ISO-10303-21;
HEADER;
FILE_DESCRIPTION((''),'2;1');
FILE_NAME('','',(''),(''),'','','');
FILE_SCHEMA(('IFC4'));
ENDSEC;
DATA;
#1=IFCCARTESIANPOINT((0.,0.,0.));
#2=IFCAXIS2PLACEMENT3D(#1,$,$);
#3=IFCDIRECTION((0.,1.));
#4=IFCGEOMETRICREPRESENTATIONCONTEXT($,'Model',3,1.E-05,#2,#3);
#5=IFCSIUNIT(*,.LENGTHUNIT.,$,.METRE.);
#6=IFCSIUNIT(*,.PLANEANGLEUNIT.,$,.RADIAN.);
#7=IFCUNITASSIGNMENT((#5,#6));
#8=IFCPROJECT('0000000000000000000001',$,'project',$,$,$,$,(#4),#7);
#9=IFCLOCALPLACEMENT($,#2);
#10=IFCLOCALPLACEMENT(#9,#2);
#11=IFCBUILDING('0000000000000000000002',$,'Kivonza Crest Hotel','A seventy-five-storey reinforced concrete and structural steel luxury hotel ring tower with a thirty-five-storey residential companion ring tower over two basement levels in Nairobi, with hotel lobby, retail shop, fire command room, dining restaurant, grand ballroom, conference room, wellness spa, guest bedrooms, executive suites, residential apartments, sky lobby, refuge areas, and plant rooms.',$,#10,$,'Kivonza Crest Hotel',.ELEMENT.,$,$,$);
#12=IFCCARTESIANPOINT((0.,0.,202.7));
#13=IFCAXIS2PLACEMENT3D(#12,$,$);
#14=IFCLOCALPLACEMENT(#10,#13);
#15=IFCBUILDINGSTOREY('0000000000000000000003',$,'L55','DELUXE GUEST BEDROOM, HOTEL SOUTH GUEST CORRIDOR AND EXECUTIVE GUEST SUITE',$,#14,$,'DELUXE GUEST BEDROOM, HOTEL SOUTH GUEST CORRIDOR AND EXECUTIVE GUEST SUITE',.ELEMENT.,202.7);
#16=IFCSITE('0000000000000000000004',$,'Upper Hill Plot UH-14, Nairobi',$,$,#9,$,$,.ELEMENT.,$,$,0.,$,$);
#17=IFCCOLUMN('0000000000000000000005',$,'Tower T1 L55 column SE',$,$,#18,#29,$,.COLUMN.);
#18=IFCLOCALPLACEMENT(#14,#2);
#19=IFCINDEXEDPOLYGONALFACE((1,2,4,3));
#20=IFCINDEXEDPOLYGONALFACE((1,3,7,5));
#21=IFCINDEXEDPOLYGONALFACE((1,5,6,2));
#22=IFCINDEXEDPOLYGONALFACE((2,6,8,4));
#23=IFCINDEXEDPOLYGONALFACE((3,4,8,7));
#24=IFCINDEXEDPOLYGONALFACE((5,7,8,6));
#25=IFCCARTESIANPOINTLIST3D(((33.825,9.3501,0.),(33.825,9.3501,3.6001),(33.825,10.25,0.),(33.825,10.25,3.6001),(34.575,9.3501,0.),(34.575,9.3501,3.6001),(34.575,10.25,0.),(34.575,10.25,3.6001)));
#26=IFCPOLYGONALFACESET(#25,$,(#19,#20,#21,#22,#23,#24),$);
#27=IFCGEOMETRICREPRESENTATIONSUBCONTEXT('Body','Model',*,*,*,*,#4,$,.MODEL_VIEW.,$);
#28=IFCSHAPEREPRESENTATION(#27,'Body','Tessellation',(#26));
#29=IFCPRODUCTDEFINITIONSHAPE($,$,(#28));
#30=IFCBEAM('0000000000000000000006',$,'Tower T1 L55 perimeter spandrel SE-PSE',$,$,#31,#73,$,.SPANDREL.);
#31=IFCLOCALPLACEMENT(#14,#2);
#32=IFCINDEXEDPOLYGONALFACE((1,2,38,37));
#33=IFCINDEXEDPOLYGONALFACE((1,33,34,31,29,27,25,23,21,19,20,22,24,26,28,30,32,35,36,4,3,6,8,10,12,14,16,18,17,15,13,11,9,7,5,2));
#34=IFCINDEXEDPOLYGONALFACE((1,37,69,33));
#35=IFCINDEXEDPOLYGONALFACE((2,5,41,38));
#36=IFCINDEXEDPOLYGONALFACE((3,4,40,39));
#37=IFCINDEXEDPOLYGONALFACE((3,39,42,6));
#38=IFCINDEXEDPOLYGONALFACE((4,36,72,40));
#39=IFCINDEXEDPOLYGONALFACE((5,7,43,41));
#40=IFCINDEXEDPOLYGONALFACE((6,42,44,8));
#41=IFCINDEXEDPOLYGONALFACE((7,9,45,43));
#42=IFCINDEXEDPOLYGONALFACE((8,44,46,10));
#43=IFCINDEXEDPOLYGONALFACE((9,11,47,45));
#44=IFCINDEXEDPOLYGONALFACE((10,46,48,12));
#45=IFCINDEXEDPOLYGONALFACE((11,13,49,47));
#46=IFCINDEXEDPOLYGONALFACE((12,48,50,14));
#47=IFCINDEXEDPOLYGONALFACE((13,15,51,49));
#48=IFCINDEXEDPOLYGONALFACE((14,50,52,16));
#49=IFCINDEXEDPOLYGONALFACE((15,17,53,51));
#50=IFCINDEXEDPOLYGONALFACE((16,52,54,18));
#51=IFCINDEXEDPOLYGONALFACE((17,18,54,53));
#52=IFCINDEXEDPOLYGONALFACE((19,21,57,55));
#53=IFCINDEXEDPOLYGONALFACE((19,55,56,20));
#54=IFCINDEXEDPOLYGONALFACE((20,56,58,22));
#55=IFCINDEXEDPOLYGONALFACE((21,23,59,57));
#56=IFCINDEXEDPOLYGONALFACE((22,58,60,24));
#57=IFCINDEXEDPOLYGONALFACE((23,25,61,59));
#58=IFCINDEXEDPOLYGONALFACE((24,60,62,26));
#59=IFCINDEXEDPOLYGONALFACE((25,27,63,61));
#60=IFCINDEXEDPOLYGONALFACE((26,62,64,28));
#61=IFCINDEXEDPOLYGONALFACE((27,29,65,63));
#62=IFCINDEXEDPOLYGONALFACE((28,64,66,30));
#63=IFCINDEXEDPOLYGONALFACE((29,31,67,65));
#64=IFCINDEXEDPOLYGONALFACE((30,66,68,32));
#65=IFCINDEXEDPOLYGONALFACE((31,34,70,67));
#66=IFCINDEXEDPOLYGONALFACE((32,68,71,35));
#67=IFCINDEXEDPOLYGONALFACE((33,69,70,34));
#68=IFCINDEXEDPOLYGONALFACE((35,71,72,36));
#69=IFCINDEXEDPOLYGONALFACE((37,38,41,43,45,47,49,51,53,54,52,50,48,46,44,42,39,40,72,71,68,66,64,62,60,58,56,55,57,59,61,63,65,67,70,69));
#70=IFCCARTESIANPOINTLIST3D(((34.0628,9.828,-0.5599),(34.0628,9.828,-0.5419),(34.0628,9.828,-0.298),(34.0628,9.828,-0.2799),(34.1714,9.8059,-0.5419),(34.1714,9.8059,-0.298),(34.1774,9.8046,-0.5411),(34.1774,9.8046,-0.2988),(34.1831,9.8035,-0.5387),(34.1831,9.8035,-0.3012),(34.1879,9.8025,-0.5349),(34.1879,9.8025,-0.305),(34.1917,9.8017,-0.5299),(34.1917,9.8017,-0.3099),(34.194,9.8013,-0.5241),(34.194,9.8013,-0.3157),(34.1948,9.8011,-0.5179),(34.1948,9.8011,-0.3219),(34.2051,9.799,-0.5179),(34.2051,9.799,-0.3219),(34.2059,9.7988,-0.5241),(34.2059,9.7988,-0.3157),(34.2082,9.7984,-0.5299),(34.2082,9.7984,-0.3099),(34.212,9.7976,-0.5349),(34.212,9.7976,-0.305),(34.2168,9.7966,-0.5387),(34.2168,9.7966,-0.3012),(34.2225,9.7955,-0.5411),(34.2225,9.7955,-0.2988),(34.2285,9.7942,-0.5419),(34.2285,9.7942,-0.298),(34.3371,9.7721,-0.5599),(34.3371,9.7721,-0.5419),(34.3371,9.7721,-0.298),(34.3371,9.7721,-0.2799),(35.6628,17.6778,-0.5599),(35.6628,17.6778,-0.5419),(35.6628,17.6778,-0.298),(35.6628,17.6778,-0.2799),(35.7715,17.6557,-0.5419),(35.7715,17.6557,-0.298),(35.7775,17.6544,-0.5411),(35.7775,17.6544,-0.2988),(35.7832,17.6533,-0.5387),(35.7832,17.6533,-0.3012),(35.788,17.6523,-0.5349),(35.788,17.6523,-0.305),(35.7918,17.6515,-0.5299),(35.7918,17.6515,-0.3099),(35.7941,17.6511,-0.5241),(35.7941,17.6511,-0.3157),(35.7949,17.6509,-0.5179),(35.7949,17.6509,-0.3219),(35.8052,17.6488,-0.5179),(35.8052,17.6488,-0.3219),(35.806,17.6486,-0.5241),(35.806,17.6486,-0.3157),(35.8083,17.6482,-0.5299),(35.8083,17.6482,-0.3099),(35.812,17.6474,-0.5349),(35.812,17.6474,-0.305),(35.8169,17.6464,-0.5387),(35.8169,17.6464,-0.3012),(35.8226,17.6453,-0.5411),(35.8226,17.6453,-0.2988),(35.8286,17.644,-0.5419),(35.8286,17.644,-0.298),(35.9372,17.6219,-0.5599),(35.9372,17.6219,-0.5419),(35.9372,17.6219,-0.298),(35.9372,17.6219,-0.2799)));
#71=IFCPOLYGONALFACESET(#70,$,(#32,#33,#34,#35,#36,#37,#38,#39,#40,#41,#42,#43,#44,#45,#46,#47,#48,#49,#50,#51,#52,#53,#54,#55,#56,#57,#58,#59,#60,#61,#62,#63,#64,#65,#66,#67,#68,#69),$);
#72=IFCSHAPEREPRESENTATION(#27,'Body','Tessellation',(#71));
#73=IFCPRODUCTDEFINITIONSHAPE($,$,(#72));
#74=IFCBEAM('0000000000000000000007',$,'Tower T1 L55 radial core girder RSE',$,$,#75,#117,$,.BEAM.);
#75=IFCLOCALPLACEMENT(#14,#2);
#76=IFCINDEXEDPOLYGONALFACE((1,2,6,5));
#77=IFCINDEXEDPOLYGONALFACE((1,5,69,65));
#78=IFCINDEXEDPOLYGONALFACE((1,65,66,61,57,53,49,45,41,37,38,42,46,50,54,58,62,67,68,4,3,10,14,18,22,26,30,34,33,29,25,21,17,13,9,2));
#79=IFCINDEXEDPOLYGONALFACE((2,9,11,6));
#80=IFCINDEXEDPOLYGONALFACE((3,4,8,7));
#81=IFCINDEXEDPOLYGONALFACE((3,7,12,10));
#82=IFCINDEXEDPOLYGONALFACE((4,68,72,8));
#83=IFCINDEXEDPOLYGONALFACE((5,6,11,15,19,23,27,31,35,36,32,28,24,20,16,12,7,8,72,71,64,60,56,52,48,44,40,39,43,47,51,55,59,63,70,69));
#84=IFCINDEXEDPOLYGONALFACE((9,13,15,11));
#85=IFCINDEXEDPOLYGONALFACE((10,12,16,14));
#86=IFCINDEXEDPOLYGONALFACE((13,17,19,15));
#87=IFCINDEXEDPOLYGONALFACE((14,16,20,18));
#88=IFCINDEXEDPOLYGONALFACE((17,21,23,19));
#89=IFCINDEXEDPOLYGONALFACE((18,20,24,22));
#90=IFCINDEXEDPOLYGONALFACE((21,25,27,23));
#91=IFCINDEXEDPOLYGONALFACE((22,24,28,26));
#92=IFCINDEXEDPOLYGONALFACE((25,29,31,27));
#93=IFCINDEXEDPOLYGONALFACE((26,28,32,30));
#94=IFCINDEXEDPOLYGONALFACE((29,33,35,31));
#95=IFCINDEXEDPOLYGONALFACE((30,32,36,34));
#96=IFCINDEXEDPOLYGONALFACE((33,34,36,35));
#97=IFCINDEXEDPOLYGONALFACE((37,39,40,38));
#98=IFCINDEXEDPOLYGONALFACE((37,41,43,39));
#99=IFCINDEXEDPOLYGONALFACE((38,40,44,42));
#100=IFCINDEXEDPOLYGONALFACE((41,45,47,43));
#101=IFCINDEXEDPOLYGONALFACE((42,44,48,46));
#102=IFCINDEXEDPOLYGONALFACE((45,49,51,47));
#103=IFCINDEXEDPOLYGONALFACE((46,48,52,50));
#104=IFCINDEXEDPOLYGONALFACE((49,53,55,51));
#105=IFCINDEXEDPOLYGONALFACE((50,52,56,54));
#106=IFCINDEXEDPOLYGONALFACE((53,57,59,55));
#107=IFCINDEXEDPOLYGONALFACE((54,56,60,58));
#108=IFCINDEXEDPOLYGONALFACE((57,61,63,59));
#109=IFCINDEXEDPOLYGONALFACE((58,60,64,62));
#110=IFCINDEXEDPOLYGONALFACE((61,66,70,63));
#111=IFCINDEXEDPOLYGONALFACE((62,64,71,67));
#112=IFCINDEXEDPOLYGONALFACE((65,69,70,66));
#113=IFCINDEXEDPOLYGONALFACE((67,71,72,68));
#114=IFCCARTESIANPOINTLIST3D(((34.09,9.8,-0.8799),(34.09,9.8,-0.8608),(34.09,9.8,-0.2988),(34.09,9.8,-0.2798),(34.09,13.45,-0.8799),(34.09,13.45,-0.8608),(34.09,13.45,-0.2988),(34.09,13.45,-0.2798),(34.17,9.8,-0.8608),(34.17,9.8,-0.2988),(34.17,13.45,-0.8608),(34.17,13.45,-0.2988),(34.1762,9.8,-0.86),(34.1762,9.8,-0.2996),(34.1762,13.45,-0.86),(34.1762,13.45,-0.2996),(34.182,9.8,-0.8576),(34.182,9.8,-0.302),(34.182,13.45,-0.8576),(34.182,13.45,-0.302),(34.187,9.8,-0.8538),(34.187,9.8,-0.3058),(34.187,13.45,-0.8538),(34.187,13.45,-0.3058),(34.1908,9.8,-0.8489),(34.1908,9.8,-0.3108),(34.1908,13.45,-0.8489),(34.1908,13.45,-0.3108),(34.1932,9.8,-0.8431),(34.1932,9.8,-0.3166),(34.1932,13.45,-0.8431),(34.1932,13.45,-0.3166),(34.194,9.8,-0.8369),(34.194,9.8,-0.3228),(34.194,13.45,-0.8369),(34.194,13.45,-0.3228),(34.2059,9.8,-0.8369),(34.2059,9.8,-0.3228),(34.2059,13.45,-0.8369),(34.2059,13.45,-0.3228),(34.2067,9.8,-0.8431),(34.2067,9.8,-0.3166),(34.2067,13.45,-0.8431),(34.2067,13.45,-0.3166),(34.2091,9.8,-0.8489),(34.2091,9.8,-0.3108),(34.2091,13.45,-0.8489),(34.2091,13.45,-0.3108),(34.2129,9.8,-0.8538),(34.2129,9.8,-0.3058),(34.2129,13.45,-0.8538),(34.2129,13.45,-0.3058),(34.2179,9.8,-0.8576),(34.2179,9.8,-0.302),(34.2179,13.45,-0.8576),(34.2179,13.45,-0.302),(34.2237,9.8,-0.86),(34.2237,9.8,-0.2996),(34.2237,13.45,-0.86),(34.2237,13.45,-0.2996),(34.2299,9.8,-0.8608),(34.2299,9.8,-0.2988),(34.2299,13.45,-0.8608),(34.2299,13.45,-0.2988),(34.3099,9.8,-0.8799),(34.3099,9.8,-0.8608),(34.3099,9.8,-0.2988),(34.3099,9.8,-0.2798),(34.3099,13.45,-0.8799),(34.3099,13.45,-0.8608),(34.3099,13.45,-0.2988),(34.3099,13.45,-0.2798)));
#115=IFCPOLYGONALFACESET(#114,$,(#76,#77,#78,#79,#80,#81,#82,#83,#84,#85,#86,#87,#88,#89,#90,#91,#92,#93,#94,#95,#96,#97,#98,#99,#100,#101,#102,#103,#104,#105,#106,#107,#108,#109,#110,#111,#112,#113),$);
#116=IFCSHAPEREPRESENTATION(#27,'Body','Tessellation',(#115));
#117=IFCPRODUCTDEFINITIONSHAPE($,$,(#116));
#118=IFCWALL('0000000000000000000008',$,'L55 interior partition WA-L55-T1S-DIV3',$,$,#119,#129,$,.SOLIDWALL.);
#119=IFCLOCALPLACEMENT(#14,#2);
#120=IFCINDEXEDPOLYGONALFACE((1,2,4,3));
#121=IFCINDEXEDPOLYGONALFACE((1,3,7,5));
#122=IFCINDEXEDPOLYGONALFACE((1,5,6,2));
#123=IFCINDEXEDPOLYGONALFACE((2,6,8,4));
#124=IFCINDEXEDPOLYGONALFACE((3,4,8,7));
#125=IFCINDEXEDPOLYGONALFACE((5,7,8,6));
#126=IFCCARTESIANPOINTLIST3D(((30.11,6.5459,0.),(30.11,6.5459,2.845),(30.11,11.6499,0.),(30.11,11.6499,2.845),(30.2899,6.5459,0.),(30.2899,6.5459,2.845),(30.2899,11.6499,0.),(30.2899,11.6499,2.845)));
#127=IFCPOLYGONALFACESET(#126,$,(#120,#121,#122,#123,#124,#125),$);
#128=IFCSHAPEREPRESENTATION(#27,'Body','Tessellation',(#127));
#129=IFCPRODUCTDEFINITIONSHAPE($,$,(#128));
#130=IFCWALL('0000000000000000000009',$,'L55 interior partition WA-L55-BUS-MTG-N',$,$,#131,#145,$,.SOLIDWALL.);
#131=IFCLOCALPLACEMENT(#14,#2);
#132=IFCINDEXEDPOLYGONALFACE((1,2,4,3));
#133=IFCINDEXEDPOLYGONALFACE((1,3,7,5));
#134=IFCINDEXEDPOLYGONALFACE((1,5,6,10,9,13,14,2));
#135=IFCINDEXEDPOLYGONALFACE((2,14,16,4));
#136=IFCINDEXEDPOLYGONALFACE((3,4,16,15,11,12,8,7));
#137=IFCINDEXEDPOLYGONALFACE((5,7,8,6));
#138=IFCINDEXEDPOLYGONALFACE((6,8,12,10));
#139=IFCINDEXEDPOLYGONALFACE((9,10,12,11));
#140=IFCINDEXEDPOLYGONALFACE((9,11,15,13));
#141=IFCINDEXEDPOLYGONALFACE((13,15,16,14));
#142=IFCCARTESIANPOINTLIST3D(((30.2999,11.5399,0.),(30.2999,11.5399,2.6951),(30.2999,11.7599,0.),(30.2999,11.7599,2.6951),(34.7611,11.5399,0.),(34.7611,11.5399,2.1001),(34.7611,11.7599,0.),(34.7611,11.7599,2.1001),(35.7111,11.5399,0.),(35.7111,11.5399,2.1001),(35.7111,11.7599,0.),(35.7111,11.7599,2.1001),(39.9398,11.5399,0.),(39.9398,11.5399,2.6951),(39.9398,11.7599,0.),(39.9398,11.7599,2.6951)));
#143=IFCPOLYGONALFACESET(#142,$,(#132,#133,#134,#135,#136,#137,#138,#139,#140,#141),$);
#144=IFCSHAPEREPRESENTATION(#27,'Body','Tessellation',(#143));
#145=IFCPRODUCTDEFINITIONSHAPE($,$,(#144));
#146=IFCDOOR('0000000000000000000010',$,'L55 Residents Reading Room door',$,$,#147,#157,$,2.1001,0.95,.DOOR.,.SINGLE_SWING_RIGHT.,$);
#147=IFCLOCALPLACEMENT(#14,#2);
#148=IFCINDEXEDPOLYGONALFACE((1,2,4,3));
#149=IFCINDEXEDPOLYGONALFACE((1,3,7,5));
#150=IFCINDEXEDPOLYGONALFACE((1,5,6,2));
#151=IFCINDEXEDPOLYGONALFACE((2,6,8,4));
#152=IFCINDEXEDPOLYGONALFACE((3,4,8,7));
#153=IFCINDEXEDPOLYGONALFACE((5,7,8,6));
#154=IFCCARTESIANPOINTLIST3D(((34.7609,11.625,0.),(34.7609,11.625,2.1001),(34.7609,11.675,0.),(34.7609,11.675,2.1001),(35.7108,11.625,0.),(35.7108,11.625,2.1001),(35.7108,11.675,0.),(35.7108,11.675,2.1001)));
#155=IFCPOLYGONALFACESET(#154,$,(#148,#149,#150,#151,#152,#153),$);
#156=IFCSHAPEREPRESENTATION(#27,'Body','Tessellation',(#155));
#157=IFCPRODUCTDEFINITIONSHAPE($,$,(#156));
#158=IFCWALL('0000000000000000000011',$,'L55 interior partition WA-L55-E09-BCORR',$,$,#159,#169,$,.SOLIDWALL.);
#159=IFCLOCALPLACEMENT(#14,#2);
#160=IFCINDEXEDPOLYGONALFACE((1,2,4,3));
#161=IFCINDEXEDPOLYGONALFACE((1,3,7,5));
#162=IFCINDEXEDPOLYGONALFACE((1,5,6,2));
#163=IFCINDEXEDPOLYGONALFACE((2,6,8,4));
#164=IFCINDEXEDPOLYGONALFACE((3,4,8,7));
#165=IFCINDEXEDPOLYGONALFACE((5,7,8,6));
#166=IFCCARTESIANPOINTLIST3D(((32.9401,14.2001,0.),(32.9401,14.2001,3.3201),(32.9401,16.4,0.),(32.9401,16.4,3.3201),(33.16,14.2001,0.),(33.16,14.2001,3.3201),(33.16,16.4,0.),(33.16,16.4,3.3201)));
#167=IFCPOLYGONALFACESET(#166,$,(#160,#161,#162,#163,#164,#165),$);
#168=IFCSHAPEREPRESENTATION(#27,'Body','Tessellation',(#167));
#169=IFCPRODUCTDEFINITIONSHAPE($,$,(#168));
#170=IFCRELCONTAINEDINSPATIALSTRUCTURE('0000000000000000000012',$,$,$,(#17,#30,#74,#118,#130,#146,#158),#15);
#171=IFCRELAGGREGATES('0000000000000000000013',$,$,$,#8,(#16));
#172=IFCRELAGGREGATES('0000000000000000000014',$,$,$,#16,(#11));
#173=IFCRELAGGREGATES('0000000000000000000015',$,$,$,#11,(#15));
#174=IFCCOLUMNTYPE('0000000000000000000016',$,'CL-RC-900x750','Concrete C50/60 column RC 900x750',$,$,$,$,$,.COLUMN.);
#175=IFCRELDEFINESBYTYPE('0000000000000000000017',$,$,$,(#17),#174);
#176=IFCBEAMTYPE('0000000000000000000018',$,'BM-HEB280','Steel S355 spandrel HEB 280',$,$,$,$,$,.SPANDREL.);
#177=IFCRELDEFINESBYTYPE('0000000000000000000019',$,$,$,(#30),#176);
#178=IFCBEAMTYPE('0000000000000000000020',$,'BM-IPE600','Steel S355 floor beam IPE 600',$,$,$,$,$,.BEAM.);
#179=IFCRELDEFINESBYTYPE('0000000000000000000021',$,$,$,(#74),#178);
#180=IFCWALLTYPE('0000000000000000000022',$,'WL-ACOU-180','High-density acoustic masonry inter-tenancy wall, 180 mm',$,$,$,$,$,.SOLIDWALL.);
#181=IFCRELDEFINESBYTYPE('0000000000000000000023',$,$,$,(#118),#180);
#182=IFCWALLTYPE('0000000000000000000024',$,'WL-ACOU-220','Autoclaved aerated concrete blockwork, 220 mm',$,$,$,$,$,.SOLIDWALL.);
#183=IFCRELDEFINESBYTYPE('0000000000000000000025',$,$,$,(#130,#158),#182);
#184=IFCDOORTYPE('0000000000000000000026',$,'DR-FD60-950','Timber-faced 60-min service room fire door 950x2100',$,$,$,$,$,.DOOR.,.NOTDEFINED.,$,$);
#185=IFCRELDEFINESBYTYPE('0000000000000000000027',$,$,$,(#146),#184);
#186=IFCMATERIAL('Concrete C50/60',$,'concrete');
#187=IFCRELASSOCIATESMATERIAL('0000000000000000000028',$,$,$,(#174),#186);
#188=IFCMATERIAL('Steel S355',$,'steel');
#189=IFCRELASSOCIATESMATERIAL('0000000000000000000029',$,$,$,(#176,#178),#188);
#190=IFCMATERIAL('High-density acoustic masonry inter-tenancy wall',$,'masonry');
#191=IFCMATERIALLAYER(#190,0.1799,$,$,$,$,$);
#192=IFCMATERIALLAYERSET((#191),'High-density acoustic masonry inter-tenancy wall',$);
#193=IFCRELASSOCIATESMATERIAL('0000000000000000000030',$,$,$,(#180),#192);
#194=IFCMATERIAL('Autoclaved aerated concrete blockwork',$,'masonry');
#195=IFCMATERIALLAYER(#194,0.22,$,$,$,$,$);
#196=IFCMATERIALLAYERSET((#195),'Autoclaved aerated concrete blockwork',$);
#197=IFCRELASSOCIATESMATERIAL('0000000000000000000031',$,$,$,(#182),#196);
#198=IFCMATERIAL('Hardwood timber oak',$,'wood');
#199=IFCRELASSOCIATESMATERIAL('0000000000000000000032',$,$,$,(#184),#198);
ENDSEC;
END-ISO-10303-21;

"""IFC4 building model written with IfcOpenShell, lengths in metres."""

from ifc_helpers import new_model, si_unit, direction, frame, frame_2d, origin, origin_2d, place, context, subcontext, project, spatial, rectangle, i_section, extrude, material, layer, layer_set, material_profile, profile_set, type_object, element, fill, save


model = new_model("IFC4")

# Units and contexts
model_context = context("Model", 3, precision=1e-05, world=origin(), true_north=direction((0.0, 1.0)))
body_context = subcontext(model_context, "Body", "Model", "MODEL_VIEW")
ifc_project = project(units=[si_unit("LENGTHUNIT", "METRE"), si_unit("PLANEANGLEUNIT", "RADIAN")], contexts=[model_context])

# Site, building, storey
site_placement = place(None, origin())
site = spatial("IfcSite", under=ifc_project, at=site_placement, Name="Upper Hill Plot UH-14, Nairobi", CompositionType="ELEMENT", RefElevation=0.0)
building_placement = place(site_placement, origin())
building = spatial("IfcBuilding", under=site, at=building_placement, Name="Kivonza Crest Hotel", Description="A seventy-five-storey reinforced concrete and structural steel luxury hotel ring tower with a thirty-five-storey residential companion ring tower over two basement levels in Nairobi, with hotel lobby, retail shop, fire command room, dining restaurant, grand ballroom, conference room, wellness spa, guest bedrooms, executive suites, residential apartments, sky lobby, refuge areas, and plant rooms.", LongName="Kivonza Crest Hotel", CompositionType="ELEMENT")
storey_placement = place(building_placement, frame((0.0, 0.0, 202.7)))
storey = spatial("IfcBuildingStorey", under=building, at=storey_placement, Name="L55", Description="DELUXE GUEST BEDROOM, HOTEL SOUTH GUEST CORRIDOR AND EXECUTIVE GUEST SUITE", LongName="DELUXE GUEST BEDROOM, HOTEL SOUTH GUEST CORRIDOR AND EXECUTIVE GUEST SUITE", CompositionType="ELEMENT", Elevation=202.7)

# Column
ifc_material_1 = material(Name="Concrete C50/60", Category="concrete")
ifc_material_profile_1 = material_profile(ifc_material_1, rectangle(XDim=0.75, YDim=0.8999, at=origin_2d()), Name="RC 900x750")
ifc_profile_set_1 = profile_set([ifc_material_profile_1], Name="Concrete C50/60")
column_type = type_object("IfcColumnType", Name="CL-RC-900x750", Description="Concrete C50/60 column RC 900x750", PredefinedType="COLUMN", material=ifc_profile_set_1)
column_placement = place(storey_placement, frame((34.2, 9.8, 0.0), z_axis=(0.0, 0.0, 1.0), x_axis=(1.0, 0.0, 0.0)))
element("IfcColumn", 1, at=column_placement, inside=storey, type_object=column_type, Name="Tower T1 L55 column SE", PredefinedType="COLUMN", context=body_context, shape_type="SweptSolid", body=[
    extrude(rectangle(XDim=0.75, YDim=0.8999, at=origin_2d()), origin(), (0.0, 0.0, 1.0), 3.6001),
])

# Beams
ifc_material_2 = material(Name="Steel S355", Category="steel")
ifc_material_profile_2 = material_profile(ifc_material_2, i_section(OverallWidth=0.28, OverallDepth=0.28, WebThickness=0.0105, FlangeThickness=0.0181, FilletRadius=0.0239, at=origin_2d()), Name="HEB 280")
ifc_profile_set_2 = profile_set([ifc_material_profile_2], Name="Steel S355")
beam_type_1 = type_object("IfcBeamType", Name="BM-HEB280", Description="Steel S355 spandrel HEB 280", PredefinedType="SPANDREL", material=ifc_profile_set_2)
beam_1_placement = place(storey_placement, frame((34.2, 9.8, -0.4199), z_axis=(0.199731, 0.979851, 0.0), x_axis=(-0.979851, 0.199731, 0.0)))
element("IfcBeam", 2, at=beam_1_placement, inside=storey, type_object=beam_type_1, Name="Tower T1 L55 perimeter spandrel SE-PSE", PredefinedType="SPANDREL", context=body_context, shape_type="SweptSolid", body=[
    extrude(i_section(OverallWidth=0.28, OverallDepth=0.28, WebThickness=0.0105, FlangeThickness=0.0181, FilletRadius=0.0239, at=origin_2d()), origin(), (0.0, 0.0, 1.0), 8.0112),
])
ifc_material_profile_3 = material_profile(ifc_material_2, i_section(OverallWidth=0.22, OverallDepth=0.6001, WebThickness=0.012, FlangeThickness=0.019, FilletRadius=0.0239, at=origin_2d()), Name="IPE 600")
ifc_profile_set_3 = profile_set([ifc_material_profile_3], Name="Steel S355")
beam_type_2 = type_object("IfcBeamType", Name="BM-IPE600", Description="Steel S355 floor beam IPE 600", PredefinedType="BEAM", material=ifc_profile_set_3)
beam_2_placement = place(storey_placement, frame((34.2, 9.8, -0.5798), z_axis=(0.0, 1.0, 0.0), x_axis=(-1.0, 0.0, 0.0)))
element("IfcBeam", 3, at=beam_2_placement, inside=storey, type_object=beam_type_2, Name="Tower T1 L55 radial core girder RSE", PredefinedType="BEAM", context=body_context, shape_type="SweptSolid", body=[
    extrude(i_section(OverallWidth=0.22, OverallDepth=0.6001, WebThickness=0.012, FlangeThickness=0.019, FilletRadius=0.0239, at=origin_2d()), origin(), (0.0, 0.0, 1.0), 3.6499),
])

# Wall
ifc_material_3 = material(Name="High-density acoustic masonry inter-tenancy wall", Category="masonry")
ifc_layer_1 = layer(ifc_material_3, 0.1799)
ifc_layer_set_1 = layer_set([ifc_layer_1], Name="High-density acoustic masonry inter-tenancy wall")
wall_type_1 = type_object("IfcWallType", Name="WL-ACOU-180", Description="High-density acoustic masonry inter-tenancy wall, 180 mm", PredefinedType="SOLIDWALL", material=ifc_layer_set_1)
wall_1_placement = place(storey_placement, frame((30.2, 6.5459, 0.0), z_axis=(0.0, 0.0, 1.0), x_axis=(0.0, 1.0, 0.0)))
element("IfcWall", 4, at=wall_1_placement, inside=storey, type_object=wall_type_1, Name="L55 interior partition WA-L55-T1S-DIV3", PredefinedType="SOLIDWALL", context=body_context, shape_type="SweptSolid", body=[
    extrude(rectangle(XDim=5.104, YDim=0.1799, at=frame_2d((2.552, 0.0))), origin(), (0.0, 0.0, 1.0), 2.845),
])

# Wall, opening, door
ifc_material_4 = material(Name="Autoclaved aerated concrete blockwork", Category="masonry")
ifc_layer_2 = layer(ifc_material_4, 0.22)
ifc_layer_set_2 = layer_set([ifc_layer_2], Name="Autoclaved aerated concrete blockwork")
wall_type_2 = type_object("IfcWallType", Name="WL-ACOU-220", Description="Autoclaved aerated concrete blockwork, 220 mm", PredefinedType="SOLIDWALL", material=ifc_layer_set_2)
wall_2_placement = place(storey_placement, frame((30.3, 11.6499, 0.0), z_axis=(0.0, 0.0, 1.0), x_axis=(1.0, 0.0, 0.0)))
wall_2 = element("IfcWall", 5, at=wall_2_placement, inside=storey, type_object=wall_type_2, Name="L55 interior partition WA-L55-BUS-MTG-N", PredefinedType="SOLIDWALL", context=body_context, shape_type="SweptSolid", body=[
    extrude(rectangle(XDim=9.6399, YDim=0.22, at=frame_2d((4.8198, 0.0))), origin(), (0.0, 0.0, 1.0), 2.6951),
])
opening_1_placement = place(wall_2_placement, frame((4.4609, 0.0, 0.0)))
opening_1 = element("IfcOpeningElement", 6, at=opening_1_placement, cuts=wall_2, PredefinedType="OPENING", context=body_context, shape_type="SweptSolid", body=[
    extrude(rectangle(XDim=0.95, YDim=2.1001, at=frame_2d((0.4751, 1.05))), frame((0.0, 0.1201, 0.0), z_axis=(0.0, -1.0, 0.0), x_axis=(1.0, 0.0, 0.0)), (0.0, 0.0, 1.0), 0.24),
])
ifc_material_5 = material(Name="Hardwood timber oak", Category="wood")
door_type_1 = type_object("IfcDoorType", Name="DR-FD60-950", Description="Timber-faced 60-min service room fire door 950x2100", OperationType="NOTDEFINED", PredefinedType="DOOR", material=ifc_material_5)
door_1_placement = place(opening_1_placement, frame((0.95, 0.0, 0.0), z_axis=(0.0, 0.0, 1.0), x_axis=(-1.0, 0.0, 0.0)))
door_1 = element("IfcDoor", 7, at=door_1_placement, inside=storey, type_object=door_type_1, Name="L55 Residents Reading Room door", OperationType="SINGLE_SWING_RIGHT", OverallHeight=2.1001, OverallWidth=0.95, PredefinedType="DOOR", context=body_context, shape_type="SweptSolid", body=[
    extrude(rectangle(XDim=0.95, YDim=2.1001, at=frame_2d((0.4751, 1.05))), frame((0.0, 0.0249, 0.0), z_axis=(0.0, -1.0, 0.0), x_axis=(1.0, 0.0, 0.0)), (0.0, 0.0, 1.0), 0.05),
])
fill(opening_1, door_1)

# Wall
wall_3_placement = place(storey_placement, frame((33.05, 14.2, 0.0), z_axis=(0.0, 0.0, 1.0), x_axis=(0.0, 1.0, 0.0)))
element("IfcWall", 8, at=wall_3_placement, inside=storey, type_object=wall_type_2, Name="L55 interior partition WA-L55-E09-BCORR", PredefinedType="SOLIDWALL", context=body_context, shape_type="SweptSolid", body=[
    extrude(rectangle(XDim=2.2, YDim=0.22, at=frame_2d((1.1001, 0.0))), origin(), (0.0, 0.0, 1.0), 3.3201),
])

save(model, "model.ifc")
